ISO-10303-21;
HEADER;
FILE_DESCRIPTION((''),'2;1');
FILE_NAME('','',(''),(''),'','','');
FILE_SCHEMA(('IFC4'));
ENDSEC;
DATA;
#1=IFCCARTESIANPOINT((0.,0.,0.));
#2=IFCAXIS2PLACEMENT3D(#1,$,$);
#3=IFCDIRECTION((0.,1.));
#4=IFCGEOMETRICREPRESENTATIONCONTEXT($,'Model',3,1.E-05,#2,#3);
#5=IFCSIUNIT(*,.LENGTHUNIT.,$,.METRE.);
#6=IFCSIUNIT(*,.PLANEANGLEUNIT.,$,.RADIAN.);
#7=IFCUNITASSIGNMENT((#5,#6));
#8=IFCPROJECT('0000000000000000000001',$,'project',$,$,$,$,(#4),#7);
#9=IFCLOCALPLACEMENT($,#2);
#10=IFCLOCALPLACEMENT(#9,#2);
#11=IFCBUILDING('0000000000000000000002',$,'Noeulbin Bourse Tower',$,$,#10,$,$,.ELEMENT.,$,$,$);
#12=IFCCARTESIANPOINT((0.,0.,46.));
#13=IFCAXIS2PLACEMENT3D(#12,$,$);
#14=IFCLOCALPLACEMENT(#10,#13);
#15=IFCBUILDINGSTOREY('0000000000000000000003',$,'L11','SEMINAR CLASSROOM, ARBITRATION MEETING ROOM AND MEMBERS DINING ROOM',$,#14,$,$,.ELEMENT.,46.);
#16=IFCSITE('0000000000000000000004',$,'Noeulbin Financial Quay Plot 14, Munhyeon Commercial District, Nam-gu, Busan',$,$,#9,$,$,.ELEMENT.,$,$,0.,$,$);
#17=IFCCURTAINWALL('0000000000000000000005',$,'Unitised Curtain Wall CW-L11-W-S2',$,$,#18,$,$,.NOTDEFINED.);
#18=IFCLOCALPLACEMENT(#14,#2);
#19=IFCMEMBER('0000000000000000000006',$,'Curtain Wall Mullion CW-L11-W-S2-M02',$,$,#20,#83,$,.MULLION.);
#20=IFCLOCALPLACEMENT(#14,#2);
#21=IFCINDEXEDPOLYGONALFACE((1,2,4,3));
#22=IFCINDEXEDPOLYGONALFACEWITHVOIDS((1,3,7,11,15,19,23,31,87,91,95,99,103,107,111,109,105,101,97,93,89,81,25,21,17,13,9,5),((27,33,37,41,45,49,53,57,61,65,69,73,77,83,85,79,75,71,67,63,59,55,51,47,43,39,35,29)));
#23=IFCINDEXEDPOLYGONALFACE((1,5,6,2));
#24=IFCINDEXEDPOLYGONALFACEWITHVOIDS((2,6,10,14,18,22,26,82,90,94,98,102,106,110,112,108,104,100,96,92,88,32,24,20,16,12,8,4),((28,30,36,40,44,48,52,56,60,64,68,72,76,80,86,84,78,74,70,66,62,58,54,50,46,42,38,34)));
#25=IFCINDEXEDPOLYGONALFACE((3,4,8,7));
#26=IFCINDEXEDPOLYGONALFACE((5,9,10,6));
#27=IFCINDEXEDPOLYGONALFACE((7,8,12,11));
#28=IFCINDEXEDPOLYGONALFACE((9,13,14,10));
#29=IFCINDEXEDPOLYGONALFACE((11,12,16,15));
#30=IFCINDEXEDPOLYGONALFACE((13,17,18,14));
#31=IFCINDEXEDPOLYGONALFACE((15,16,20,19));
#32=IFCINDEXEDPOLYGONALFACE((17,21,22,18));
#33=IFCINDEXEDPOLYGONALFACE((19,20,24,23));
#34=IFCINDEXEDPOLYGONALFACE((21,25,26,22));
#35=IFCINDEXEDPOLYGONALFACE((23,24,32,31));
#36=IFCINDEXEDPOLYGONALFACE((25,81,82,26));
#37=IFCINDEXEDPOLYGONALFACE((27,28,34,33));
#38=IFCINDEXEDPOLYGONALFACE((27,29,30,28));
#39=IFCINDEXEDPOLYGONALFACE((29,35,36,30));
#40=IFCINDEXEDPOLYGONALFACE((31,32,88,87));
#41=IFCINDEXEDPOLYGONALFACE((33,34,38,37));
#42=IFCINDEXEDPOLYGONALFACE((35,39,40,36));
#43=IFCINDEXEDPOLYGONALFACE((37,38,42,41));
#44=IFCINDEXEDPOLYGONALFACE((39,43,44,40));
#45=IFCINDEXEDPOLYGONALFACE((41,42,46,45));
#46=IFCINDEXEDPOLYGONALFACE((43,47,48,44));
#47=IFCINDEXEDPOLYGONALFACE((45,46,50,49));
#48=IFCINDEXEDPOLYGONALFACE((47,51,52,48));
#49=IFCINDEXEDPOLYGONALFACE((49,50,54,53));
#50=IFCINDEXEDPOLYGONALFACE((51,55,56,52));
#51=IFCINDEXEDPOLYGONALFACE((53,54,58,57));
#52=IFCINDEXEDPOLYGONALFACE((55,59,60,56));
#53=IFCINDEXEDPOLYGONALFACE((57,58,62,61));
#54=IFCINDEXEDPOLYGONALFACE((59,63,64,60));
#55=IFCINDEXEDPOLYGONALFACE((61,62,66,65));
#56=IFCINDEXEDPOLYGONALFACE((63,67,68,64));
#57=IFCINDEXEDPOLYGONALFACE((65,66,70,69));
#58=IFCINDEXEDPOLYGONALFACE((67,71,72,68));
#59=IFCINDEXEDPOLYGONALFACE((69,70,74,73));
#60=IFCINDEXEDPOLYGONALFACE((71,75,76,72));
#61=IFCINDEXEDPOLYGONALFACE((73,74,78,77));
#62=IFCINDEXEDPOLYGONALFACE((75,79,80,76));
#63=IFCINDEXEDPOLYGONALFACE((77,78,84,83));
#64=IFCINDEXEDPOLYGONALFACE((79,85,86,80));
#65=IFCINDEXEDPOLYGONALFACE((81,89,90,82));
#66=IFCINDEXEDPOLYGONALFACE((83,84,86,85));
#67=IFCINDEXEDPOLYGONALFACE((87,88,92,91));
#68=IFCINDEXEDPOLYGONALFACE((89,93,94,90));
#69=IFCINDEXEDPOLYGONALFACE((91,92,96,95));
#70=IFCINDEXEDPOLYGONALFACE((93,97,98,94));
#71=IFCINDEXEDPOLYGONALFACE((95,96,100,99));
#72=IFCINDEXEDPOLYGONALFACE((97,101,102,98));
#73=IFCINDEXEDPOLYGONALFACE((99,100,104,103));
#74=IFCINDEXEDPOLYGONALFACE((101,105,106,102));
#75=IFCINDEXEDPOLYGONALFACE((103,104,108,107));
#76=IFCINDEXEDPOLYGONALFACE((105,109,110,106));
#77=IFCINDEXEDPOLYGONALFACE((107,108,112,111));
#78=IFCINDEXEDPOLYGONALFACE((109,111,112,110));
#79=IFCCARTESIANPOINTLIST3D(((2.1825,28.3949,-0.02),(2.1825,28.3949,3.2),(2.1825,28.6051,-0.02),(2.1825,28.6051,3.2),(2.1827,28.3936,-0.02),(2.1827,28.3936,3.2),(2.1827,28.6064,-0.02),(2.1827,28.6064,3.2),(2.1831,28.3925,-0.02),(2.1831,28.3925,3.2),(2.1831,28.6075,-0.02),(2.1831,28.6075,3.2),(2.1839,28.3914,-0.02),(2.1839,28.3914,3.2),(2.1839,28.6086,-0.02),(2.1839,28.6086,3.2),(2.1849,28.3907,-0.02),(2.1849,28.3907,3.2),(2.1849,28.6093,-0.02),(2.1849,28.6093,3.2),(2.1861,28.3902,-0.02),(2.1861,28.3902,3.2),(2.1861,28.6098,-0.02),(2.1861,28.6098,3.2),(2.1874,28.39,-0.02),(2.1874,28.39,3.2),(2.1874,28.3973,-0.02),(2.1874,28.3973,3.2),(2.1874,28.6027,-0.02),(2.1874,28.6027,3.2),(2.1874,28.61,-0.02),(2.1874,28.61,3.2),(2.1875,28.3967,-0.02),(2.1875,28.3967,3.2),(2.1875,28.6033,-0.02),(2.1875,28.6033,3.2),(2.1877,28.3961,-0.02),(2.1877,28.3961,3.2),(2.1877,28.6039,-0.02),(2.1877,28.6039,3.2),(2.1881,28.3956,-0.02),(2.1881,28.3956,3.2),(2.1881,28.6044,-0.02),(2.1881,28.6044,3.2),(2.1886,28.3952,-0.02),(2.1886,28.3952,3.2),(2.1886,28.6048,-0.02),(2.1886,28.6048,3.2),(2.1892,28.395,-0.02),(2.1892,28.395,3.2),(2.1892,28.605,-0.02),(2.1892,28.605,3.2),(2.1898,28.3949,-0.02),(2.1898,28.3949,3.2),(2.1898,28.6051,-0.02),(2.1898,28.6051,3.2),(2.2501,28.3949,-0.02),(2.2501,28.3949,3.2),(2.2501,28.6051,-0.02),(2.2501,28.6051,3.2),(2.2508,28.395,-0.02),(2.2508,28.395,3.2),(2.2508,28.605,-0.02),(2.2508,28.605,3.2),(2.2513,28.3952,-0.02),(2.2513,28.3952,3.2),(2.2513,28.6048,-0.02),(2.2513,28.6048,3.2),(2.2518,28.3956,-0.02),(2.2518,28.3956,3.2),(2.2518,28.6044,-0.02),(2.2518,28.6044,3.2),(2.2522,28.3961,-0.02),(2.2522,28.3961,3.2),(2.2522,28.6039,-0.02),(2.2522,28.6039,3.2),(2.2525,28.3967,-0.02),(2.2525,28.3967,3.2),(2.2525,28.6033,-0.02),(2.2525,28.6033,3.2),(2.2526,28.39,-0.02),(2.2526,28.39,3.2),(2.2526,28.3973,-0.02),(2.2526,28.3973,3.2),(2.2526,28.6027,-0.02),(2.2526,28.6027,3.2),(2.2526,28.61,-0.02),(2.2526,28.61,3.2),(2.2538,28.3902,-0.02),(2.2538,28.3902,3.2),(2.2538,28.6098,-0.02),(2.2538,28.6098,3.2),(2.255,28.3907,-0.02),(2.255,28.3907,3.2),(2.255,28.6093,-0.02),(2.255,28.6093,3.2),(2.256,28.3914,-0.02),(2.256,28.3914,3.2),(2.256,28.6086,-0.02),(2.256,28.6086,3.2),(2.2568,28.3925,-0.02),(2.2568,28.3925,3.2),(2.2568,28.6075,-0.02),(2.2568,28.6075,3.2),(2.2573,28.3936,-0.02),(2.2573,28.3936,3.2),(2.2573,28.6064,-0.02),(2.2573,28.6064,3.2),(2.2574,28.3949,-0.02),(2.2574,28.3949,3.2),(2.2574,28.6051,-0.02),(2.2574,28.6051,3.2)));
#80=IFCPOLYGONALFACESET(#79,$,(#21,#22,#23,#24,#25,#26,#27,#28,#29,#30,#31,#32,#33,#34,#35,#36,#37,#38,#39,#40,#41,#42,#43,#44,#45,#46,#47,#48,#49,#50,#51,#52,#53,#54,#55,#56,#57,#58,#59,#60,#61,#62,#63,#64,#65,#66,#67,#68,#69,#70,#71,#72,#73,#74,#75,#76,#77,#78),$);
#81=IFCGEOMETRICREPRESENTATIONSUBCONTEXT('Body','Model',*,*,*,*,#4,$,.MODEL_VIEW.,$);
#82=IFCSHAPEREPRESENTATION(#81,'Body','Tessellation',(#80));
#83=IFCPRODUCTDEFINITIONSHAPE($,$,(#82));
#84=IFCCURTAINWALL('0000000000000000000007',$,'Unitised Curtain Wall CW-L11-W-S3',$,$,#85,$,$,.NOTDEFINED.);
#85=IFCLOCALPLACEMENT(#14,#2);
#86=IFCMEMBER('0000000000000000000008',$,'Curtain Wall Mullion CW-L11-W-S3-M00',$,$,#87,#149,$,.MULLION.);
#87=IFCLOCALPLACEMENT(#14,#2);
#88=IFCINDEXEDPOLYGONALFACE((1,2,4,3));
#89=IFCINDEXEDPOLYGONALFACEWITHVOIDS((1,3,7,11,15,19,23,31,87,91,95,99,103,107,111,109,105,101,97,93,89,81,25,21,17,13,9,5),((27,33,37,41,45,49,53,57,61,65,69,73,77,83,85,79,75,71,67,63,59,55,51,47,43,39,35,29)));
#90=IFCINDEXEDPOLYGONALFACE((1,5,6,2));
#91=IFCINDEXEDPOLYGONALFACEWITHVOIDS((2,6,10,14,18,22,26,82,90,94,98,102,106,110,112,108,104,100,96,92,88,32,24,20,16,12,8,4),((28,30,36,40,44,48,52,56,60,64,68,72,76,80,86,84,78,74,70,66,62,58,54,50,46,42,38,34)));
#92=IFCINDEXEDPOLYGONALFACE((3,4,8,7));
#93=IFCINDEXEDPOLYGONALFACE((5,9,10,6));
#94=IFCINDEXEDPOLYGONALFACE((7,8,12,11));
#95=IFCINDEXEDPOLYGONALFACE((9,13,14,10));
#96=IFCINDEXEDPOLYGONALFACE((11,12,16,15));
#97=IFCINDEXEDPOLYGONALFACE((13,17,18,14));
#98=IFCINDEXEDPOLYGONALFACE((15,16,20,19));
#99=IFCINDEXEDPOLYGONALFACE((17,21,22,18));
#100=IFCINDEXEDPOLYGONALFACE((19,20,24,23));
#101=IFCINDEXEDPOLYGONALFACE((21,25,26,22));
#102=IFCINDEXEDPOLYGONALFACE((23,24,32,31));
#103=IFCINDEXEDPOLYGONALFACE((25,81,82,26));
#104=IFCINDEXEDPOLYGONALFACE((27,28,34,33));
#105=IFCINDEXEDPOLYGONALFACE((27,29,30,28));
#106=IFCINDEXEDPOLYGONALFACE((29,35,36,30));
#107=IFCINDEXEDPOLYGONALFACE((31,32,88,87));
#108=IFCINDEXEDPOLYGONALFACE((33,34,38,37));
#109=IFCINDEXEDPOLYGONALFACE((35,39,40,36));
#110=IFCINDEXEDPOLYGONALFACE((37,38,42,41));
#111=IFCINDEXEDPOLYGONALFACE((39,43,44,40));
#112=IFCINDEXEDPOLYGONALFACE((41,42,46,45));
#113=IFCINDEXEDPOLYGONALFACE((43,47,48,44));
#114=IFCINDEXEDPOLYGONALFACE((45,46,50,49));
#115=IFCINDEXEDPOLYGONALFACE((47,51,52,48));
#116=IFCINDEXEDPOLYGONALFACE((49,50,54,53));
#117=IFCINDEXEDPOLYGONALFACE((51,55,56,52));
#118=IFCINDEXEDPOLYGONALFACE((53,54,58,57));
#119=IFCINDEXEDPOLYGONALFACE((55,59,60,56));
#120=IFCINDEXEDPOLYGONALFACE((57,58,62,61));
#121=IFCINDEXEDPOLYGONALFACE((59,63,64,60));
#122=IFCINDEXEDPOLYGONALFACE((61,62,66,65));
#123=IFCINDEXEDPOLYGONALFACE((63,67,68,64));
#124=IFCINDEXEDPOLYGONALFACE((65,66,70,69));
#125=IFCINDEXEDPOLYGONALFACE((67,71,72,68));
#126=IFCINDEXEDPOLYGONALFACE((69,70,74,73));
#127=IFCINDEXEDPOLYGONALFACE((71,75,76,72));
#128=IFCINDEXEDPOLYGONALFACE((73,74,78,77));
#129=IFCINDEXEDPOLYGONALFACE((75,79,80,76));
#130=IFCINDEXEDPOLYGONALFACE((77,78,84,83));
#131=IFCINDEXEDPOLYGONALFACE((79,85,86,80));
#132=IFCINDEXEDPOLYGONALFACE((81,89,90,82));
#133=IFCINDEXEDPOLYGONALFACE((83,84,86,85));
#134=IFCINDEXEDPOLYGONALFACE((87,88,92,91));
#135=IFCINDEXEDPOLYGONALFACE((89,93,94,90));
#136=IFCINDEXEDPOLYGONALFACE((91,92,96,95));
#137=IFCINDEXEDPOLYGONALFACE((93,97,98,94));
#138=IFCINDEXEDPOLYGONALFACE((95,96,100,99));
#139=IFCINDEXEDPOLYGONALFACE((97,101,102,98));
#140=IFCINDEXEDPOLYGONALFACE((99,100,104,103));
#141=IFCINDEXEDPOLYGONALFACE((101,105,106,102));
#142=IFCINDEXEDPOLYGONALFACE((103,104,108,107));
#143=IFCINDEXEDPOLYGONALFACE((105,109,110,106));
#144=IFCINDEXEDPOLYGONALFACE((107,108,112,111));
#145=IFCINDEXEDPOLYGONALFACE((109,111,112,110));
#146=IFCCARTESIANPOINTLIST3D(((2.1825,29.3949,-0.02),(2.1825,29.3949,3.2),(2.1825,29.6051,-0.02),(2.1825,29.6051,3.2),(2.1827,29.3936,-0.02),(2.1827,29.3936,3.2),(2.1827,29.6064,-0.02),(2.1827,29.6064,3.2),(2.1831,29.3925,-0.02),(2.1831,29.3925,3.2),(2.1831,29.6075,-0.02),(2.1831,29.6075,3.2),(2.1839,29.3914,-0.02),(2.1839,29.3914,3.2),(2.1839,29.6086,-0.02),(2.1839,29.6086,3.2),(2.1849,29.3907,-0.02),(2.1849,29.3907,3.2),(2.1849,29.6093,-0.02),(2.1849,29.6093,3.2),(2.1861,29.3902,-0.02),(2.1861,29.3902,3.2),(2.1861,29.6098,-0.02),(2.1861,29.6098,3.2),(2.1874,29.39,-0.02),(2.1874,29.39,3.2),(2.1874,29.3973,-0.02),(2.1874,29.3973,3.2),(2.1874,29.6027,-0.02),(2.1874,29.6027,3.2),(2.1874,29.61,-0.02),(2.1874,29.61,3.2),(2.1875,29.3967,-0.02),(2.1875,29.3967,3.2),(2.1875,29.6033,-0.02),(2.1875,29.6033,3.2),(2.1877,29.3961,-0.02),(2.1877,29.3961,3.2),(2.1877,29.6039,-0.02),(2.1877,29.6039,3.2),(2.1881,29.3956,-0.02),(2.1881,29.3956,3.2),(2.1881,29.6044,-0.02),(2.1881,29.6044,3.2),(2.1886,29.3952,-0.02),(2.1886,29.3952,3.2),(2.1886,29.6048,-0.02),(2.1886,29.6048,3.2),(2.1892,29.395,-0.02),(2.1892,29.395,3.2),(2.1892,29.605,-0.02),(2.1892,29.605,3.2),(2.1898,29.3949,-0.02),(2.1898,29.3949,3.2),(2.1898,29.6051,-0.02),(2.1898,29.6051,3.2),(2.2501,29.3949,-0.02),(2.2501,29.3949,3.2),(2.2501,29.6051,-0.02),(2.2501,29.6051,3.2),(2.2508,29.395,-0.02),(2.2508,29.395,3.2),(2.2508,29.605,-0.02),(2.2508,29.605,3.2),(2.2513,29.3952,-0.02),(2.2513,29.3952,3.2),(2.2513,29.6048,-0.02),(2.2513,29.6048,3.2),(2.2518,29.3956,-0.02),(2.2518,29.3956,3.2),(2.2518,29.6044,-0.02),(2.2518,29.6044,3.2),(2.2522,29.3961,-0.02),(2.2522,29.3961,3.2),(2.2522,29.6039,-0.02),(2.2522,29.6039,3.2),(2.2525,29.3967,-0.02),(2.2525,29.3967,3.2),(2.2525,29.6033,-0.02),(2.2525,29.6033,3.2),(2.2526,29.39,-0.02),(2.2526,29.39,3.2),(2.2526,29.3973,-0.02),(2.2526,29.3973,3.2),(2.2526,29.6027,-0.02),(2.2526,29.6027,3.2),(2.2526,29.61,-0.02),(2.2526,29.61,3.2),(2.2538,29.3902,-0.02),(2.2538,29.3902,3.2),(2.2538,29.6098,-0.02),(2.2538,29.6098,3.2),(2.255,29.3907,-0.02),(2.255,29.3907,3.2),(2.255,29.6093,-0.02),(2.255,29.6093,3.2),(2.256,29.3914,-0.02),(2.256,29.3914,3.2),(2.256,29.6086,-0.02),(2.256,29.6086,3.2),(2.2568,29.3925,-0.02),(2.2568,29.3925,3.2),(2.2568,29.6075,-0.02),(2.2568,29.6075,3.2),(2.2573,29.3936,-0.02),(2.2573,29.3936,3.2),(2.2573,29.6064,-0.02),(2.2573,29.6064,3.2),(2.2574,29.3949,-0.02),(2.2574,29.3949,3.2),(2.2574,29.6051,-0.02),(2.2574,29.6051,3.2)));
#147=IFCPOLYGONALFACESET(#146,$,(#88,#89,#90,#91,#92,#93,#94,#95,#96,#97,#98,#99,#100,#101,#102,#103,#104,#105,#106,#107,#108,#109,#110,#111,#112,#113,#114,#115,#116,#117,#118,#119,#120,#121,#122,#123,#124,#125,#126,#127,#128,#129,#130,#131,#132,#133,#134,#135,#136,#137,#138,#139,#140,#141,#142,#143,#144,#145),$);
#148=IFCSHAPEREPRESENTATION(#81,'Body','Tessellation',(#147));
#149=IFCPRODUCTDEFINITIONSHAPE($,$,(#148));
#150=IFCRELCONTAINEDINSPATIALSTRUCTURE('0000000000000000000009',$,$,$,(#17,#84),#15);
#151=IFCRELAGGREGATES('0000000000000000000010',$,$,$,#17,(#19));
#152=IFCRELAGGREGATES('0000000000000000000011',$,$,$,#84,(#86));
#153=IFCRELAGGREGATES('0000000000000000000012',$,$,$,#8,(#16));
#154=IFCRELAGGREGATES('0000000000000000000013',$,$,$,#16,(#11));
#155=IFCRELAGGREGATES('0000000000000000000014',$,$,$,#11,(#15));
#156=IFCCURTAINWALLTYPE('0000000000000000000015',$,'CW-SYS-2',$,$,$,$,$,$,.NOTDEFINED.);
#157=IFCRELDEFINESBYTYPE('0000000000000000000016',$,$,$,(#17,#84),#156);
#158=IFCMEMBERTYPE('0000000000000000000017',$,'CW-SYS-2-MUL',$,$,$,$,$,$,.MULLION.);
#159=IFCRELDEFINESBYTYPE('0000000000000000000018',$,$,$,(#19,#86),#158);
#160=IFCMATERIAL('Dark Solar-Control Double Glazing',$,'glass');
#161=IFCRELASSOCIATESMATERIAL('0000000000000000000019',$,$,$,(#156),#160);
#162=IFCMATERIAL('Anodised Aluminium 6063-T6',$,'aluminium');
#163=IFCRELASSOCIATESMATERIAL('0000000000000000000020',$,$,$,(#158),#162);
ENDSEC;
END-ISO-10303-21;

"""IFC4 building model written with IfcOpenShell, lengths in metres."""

from ifc_helpers import new_model, si_unit, direction, frame, origin, origin_2d, place, context, subcontext, project, spatial, hollow_rectangle, extrude, material, material_profile, profile_set, type_object, element, aggregate, save


model = new_model("IFC4")

# Units and contexts
model_context = context("Model", 3, precision=1e-05, world=origin(), true_north=direction((0.0, 1.0)))
body_context = subcontext(model_context, "Body", "Model", "MODEL_VIEW")
ifc_project = project(units=[si_unit("LENGTHUNIT", "METRE"), si_unit("PLANEANGLEUNIT", "RADIAN")], contexts=[model_context])

# Site, building, storey
site_placement = place(None, origin())
site = spatial("IfcSite", under=ifc_project, at=site_placement, Name="Noeulbin Financial Quay Plot 14, Munhyeon Commercial District, Nam-gu, Busan", CompositionType="ELEMENT", RefElevation=0.0)
building_placement = place(site_placement, origin())
building = spatial("IfcBuilding", under=site, at=building_placement, Name="Noeulbin Bourse Tower", CompositionType="ELEMENT")
storey_placement = place(building_placement, frame((0.0, 0.0, 46.0)))
storey = spatial("IfcBuildingStorey", under=building, at=storey_placement, Name="L11", Description="SEMINAR CLASSROOM, ARBITRATION MEETING ROOM AND MEMBERS DINING ROOM", CompositionType="ELEMENT", Elevation=46.0)

# Curtain wall, member
ifc_material_1 = material(Name="Dark Solar-Control Double Glazing", Category="glass")
curtain_wall_type = type_object("IfcCurtainWallType", Name="CW-SYS-2", PredefinedType="NOTDEFINED", material=ifc_material_1)
curtain_wall_1_placement = place(storey_placement, origin())
curtain_wall_1 = element("IfcCurtainWall", 1, at=curtain_wall_1_placement, inside=storey, type_object=curtain_wall_type, Name="Unitised Curtain Wall CW-L11-W-S2", PredefinedType="NOTDEFINED")
ifc_material_2 = material(Name="Anodised Aluminium 6063-T6", Category="aluminium")
ifc_material_profile_1 = material_profile(ifc_material_2, hollow_rectangle(XDim=0.075, YDim=0.22, WallThickness=0.0049, InnerFilletRadius=0.0024, OuterFilletRadius=0.0049, at=origin_2d()), Name="ALU-MULL-75x220x5", Category="LoadBearing")
ifc_profile_set_1 = profile_set([ifc_material_profile_1], Name="Anodised Aluminium 6063-T6")
member_type_1 = type_object("IfcMemberType", Name="CW-SYS-2-MUL", PredefinedType="MULLION", material=ifc_profile_set_1)
member_1_placement = place(storey_placement, frame((2.22, 28.5, -0.02), z_axis=(0.0, 0.0, 1.0), x_axis=(1.0, 0.0, 0.0)))
member_1 = element("IfcMember", 2, at=member_1_placement, type_object=member_type_1, Name="Curtain Wall Mullion CW-L11-W-S2-M02", PredefinedType="MULLION", context=body_context, shape_type="SweptSolid", body=[
    extrude(hollow_rectangle(XDim=0.075, YDim=0.22, WallThickness=0.0049, InnerFilletRadius=0.0024, OuterFilletRadius=0.0049, at=origin_2d()), origin(), (0.0, 0.0, 1.0), 3.22),
])
aggregate(curtain_wall_1, [member_1])

# Curtain wall, member
curtain_wall_2_placement = place(storey_placement, origin())
curtain_wall_2 = element("IfcCurtainWall", 3, at=curtain_wall_2_placement, inside=storey, type_object=curtain_wall_type, Name="Unitised Curtain Wall CW-L11-W-S3", PredefinedType="NOTDEFINED")
member_2_placement = place(storey_placement, frame((2.22, 29.5, -0.02), z_axis=(0.0, 0.0, 1.0), x_axis=(1.0, 0.0, 0.0)))
member_2 = element("IfcMember", 4, at=member_2_placement, type_object=member_type_1, Name="Curtain Wall Mullion CW-L11-W-S3-M00", PredefinedType="MULLION", context=body_context, shape_type="SweptSolid", body=[
    extrude(hollow_rectangle(XDim=0.075, YDim=0.22, WallThickness=0.0049, InnerFilletRadius=0.0024, OuterFilletRadius=0.0049, at=origin_2d()), origin(), (0.0, 0.0, 1.0), 3.22),
])
aggregate(curtain_wall_2, [member_2])

save(model, "model.ifc")
